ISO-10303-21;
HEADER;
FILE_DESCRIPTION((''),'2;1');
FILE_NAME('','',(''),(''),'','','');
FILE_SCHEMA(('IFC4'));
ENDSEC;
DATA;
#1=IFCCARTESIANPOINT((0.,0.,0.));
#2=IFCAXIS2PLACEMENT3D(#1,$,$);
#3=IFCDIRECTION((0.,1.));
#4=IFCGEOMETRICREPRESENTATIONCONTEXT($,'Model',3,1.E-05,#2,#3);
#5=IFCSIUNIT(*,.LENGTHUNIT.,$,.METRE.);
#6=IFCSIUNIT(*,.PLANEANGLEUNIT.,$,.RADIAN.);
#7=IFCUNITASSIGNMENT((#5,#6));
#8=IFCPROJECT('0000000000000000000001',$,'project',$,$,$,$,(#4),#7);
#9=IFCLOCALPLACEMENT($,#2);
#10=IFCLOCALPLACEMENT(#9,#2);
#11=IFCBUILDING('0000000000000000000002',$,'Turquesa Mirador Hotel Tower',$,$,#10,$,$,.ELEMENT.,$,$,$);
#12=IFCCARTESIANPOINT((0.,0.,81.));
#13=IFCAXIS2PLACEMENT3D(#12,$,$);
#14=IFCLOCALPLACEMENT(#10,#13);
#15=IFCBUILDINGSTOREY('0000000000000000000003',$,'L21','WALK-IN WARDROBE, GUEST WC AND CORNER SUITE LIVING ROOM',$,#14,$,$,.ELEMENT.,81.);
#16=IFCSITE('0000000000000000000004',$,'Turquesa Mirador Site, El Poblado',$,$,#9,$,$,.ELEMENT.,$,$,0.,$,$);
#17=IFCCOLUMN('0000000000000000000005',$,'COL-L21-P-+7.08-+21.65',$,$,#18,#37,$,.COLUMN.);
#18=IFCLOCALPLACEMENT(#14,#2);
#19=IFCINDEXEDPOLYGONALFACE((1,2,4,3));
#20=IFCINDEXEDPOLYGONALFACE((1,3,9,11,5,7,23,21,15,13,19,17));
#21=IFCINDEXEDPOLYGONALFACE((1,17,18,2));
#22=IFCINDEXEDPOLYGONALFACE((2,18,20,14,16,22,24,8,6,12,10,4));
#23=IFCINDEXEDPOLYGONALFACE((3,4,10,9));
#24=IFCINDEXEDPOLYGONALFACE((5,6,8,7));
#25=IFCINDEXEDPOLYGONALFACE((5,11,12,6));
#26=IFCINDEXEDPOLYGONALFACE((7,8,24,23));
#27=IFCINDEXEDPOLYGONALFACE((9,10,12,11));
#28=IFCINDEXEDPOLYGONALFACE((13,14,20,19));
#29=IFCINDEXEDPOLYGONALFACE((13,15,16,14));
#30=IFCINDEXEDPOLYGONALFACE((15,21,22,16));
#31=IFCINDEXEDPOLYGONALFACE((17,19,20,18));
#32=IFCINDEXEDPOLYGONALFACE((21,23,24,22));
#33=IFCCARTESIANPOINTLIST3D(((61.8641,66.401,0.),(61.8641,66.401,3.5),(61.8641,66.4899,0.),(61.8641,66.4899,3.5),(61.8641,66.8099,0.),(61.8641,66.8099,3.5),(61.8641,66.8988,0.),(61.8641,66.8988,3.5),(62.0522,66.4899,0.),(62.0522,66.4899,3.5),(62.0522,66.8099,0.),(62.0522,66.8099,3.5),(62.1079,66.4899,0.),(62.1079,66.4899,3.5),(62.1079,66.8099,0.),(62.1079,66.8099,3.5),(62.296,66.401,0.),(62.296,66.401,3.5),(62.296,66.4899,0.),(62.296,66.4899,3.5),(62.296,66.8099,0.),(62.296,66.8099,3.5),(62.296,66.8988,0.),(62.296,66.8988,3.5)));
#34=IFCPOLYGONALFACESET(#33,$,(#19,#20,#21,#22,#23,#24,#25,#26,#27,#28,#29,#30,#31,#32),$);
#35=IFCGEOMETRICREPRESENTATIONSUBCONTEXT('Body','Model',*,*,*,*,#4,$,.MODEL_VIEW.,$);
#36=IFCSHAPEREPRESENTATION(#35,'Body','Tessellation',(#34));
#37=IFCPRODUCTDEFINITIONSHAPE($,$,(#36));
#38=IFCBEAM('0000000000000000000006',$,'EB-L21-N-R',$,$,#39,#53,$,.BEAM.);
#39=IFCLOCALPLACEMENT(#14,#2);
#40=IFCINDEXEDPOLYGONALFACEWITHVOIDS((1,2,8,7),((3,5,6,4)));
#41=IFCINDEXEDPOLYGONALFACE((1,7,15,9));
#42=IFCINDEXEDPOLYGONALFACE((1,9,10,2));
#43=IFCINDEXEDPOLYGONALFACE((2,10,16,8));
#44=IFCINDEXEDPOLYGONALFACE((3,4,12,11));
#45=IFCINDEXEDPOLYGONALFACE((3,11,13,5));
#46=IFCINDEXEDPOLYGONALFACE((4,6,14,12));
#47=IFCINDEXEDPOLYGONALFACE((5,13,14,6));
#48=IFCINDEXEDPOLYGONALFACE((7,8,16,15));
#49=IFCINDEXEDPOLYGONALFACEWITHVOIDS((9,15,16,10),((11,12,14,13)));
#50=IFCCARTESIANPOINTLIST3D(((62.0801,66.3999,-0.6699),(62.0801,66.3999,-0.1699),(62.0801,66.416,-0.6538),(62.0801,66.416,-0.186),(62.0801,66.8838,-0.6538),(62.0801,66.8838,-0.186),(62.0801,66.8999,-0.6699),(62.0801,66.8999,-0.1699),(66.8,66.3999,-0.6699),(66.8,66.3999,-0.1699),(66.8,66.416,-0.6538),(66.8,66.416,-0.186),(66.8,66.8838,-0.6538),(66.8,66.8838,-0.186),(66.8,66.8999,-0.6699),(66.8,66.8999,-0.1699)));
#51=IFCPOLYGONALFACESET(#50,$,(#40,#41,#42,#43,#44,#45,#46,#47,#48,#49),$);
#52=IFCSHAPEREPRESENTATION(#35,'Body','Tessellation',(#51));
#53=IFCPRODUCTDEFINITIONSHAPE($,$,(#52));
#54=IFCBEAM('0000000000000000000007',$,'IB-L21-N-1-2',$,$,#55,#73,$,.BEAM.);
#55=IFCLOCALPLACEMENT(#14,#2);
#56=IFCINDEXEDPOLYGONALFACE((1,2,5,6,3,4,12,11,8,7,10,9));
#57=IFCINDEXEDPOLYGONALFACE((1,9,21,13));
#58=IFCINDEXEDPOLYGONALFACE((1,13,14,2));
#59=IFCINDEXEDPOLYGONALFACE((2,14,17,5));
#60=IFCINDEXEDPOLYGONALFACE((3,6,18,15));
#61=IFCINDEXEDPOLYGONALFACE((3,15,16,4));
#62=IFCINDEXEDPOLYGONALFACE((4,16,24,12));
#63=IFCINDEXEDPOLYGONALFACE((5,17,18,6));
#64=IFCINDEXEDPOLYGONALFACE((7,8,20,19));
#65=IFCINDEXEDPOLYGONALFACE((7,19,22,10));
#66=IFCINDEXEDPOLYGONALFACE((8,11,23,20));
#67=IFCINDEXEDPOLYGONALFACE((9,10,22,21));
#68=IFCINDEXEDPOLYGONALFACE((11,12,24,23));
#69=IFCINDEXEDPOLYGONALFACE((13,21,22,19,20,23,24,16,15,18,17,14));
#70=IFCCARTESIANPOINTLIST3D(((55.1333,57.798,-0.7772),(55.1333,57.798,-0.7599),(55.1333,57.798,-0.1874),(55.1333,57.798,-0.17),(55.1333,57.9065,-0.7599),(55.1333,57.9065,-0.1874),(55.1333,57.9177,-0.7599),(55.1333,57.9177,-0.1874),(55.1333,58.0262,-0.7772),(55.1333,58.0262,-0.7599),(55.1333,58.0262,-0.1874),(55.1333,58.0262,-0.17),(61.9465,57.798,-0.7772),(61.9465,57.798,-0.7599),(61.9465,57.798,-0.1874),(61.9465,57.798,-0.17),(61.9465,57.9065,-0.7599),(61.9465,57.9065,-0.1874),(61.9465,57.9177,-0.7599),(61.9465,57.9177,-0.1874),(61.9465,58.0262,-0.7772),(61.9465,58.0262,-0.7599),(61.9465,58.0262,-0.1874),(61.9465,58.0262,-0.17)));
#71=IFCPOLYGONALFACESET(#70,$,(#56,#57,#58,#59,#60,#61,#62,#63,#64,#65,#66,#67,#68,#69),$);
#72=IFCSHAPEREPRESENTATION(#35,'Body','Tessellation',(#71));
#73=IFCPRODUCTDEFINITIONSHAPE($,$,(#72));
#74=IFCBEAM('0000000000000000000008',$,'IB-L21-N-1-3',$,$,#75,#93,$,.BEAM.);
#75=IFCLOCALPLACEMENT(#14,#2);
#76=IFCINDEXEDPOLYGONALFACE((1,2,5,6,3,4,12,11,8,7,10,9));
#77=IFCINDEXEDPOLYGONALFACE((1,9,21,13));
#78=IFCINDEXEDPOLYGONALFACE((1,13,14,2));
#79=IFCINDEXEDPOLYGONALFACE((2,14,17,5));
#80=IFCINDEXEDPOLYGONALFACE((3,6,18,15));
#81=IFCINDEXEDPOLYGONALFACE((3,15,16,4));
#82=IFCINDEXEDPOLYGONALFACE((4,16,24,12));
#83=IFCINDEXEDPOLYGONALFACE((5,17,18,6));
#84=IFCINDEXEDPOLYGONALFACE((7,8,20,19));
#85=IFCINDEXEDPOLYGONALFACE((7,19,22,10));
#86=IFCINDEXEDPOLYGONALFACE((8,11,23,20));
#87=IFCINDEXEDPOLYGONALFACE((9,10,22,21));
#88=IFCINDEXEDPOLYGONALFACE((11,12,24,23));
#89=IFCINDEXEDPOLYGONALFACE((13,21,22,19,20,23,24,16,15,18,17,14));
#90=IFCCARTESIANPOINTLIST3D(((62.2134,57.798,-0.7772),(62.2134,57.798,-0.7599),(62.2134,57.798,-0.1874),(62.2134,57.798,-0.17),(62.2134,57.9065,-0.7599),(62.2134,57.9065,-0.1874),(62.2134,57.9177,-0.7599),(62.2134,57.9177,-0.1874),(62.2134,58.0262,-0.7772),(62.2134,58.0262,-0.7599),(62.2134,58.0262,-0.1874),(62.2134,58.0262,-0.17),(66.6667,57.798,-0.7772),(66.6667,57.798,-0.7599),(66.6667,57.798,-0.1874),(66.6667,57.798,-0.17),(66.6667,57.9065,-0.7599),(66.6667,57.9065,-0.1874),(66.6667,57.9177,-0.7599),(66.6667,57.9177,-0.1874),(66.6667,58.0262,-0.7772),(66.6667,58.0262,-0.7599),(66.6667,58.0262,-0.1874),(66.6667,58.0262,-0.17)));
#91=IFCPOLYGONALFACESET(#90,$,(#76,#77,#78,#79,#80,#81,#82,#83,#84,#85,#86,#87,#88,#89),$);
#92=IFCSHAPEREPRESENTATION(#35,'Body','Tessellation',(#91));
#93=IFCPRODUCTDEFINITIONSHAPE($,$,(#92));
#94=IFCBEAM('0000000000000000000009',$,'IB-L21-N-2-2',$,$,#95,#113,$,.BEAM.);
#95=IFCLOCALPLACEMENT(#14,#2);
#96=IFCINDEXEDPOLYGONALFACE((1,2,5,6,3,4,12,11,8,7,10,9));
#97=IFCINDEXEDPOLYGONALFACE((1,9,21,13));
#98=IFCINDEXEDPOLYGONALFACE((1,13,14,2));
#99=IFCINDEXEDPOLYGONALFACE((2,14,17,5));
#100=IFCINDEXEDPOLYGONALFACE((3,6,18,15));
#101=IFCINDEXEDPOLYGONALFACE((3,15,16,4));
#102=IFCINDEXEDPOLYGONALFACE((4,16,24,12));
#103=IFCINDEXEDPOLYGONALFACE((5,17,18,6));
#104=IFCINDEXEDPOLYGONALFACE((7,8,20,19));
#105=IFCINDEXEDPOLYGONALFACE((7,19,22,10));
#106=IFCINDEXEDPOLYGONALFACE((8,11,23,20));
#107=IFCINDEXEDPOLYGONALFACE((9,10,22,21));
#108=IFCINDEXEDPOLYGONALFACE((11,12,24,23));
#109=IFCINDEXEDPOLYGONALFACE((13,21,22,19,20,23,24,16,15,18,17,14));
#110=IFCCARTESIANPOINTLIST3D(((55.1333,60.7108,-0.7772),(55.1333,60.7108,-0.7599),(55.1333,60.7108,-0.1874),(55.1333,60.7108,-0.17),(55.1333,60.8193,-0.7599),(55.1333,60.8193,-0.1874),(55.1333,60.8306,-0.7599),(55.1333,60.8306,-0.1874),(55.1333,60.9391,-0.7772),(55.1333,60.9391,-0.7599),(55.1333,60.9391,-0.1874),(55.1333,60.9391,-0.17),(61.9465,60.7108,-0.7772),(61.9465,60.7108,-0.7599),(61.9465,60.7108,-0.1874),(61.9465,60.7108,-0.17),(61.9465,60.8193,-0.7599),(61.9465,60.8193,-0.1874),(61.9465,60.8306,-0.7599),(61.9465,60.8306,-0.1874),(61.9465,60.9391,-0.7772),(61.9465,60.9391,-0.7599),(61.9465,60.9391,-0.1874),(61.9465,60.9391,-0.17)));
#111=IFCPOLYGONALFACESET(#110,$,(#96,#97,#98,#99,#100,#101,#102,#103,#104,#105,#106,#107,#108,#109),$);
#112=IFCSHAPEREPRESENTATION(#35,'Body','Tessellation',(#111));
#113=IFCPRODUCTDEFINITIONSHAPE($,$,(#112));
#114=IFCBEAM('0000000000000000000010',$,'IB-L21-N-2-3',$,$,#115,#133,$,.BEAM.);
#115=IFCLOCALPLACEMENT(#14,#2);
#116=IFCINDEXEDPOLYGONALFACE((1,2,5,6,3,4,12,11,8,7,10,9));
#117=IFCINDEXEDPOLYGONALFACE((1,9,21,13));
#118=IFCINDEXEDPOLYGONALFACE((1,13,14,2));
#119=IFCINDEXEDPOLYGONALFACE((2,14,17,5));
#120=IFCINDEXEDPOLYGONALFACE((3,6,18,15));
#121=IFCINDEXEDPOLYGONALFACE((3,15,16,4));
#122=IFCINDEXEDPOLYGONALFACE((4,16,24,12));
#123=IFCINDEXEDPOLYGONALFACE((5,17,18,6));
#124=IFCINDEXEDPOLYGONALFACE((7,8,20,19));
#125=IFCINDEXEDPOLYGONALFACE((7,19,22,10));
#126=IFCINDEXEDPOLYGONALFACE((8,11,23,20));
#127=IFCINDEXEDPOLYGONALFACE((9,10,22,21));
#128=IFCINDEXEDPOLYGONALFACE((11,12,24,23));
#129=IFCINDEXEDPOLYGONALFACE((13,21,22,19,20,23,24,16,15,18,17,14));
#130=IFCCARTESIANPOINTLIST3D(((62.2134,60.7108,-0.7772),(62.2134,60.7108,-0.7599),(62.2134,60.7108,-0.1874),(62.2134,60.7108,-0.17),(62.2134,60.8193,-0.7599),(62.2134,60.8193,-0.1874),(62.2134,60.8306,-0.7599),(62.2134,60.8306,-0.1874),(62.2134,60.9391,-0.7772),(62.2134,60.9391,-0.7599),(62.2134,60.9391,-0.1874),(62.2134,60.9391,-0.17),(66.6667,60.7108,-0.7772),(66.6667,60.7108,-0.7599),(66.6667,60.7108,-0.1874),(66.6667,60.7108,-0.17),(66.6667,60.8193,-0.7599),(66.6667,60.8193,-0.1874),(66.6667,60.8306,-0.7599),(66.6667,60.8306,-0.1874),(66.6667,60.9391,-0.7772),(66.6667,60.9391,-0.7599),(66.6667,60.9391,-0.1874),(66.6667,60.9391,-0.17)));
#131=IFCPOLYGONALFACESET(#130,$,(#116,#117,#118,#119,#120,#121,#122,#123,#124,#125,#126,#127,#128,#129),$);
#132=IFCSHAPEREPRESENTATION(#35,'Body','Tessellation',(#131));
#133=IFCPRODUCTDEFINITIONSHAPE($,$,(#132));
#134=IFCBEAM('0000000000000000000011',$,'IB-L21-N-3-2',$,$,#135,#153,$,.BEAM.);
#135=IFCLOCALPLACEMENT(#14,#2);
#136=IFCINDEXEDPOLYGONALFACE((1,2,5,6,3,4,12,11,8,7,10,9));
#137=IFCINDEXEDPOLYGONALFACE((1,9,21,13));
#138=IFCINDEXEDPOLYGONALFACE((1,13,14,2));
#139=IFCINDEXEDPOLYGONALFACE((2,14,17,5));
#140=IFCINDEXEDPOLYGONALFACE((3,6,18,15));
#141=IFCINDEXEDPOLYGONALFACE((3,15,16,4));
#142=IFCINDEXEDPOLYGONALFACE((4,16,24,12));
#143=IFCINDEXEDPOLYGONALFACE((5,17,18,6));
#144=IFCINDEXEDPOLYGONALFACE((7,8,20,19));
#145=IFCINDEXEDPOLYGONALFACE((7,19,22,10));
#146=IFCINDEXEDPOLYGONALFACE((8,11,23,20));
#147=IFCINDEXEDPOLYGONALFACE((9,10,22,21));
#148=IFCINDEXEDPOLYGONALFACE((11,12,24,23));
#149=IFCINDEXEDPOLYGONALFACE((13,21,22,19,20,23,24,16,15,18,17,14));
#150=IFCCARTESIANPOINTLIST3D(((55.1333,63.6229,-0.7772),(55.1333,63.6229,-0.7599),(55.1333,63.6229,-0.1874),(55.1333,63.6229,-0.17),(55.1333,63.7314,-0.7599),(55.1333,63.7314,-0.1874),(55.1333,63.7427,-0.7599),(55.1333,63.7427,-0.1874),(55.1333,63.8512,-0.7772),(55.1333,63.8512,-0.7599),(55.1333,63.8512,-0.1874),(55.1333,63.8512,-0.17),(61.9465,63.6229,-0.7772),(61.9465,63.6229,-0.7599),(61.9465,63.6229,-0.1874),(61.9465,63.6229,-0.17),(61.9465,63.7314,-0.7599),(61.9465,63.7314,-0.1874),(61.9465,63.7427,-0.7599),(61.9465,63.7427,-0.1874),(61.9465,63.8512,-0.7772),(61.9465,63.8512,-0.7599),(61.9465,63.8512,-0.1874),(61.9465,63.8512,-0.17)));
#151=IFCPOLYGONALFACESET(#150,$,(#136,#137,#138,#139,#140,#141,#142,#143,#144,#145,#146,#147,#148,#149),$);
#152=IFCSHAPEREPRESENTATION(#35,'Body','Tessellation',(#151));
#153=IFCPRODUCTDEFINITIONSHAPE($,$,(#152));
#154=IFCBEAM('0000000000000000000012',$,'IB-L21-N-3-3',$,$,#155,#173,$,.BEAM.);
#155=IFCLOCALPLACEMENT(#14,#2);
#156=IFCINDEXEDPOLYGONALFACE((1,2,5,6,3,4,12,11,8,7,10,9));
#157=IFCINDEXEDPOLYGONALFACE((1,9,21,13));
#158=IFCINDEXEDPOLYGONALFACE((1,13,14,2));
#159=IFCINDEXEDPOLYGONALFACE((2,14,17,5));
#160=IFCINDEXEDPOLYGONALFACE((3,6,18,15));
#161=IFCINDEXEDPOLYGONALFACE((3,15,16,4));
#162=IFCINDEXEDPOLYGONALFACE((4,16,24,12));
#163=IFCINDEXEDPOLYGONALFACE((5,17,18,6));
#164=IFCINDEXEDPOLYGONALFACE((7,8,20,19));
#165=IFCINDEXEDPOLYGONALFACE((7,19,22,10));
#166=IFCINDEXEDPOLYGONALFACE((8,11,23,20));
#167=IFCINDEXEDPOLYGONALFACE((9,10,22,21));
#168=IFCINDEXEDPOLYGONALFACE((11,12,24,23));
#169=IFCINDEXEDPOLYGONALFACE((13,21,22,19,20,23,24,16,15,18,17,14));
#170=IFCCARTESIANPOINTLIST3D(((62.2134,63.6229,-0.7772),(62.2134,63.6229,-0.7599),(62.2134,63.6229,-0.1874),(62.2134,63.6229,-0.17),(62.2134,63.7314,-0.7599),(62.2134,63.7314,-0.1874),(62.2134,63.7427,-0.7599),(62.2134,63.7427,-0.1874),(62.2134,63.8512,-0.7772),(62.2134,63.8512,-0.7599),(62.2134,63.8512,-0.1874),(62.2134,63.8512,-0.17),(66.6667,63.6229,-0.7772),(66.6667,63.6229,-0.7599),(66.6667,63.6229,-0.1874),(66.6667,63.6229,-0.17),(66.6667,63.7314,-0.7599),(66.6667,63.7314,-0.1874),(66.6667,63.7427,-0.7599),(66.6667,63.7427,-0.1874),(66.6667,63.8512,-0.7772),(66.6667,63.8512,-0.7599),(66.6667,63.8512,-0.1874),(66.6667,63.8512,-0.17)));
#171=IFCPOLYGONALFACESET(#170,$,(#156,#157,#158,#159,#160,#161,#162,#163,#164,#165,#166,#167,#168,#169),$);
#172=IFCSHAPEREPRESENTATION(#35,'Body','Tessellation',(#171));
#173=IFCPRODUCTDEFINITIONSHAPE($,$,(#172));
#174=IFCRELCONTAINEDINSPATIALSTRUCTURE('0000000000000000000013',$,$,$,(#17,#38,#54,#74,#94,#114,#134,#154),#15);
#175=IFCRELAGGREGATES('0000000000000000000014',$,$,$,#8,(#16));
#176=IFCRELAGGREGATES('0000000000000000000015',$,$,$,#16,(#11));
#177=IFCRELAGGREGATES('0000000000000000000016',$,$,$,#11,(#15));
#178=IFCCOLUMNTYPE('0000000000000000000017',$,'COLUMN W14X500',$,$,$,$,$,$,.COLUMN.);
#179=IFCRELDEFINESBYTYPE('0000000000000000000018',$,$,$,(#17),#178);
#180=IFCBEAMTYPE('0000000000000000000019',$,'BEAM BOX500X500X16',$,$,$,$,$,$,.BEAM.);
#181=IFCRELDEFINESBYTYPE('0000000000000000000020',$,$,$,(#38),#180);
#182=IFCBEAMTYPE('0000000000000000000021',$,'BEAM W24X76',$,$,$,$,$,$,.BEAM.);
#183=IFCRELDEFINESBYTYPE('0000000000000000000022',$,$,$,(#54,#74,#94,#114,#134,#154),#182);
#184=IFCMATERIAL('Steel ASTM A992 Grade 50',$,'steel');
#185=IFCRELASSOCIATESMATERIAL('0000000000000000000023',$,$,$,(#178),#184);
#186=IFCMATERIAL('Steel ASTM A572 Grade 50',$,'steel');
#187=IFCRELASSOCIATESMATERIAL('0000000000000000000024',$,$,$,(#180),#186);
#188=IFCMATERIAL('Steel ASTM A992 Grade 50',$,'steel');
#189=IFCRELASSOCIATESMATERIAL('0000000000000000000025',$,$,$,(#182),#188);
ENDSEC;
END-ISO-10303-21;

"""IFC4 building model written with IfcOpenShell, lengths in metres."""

from ifc_helpers import new_model, si_unit, direction, frame, origin, origin_2d, place, context, subcontext, project, spatial, hollow_rectangle, i_section, extrude, material, material_profile, profile_set, type_object, element, save


model = new_model("IFC4")

# Units and contexts
model_context = context("Model", 3, precision=1e-05, world=origin(), true_north=direction((0.0, 1.0)))
body_context = subcontext(model_context, "Body", "Model", "MODEL_VIEW")
ifc_project = project(units=[si_unit("LENGTHUNIT", "METRE"), si_unit("PLANEANGLEUNIT", "RADIAN")], contexts=[model_context])

# Site, building, storey
site_placement = place(None, origin())
site = spatial("IfcSite", under=ifc_project, at=site_placement, Name="Turquesa Mirador Site, El Poblado", CompositionType="ELEMENT", RefElevation=0.0)
building_placement = place(site_placement, origin())
building = spatial("IfcBuilding", under=site, at=building_placement, Name="Turquesa Mirador Hotel Tower", CompositionType="ELEMENT")
storey_placement = place(building_placement, frame((0.0, 0.0, 81.0)))
storey = spatial("IfcBuildingStorey", under=building, at=storey_placement, Name="L21", Description="WALK-IN WARDROBE, GUEST WC AND CORNER SUITE LIVING ROOM", CompositionType="ELEMENT", Elevation=81.0)

# Column
ifc_material_1 = material(Name="Steel ASTM A992 Grade 50", Category="steel")
ifc_material_profile_1 = material_profile(ifc_material_1, i_section(OverallWidth=0.4319, OverallDepth=0.4978, WebThickness=0.0557, FlangeThickness=0.0889, at=origin_2d()), Name="W14X500")
ifc_profile_set_1 = profile_set([ifc_material_profile_1], Name="Steel ASTM A992 Grade 50")
column_type = type_object("IfcColumnType", Name="COLUMN W14X500", PredefinedType="COLUMN", material=ifc_profile_set_1)
column_placement = place(storey_placement, frame((62.0801, 66.6499, 0.0), z_axis=(0.0, 0.0, 1.0), x_axis=(1.0, 0.0, 0.0)))
element("IfcColumn", 1, at=column_placement, inside=storey, type_object=column_type, Name="COL-L21-P-+7.08-+21.65", PredefinedType="COLUMN", context=body_context, shape_type="SweptSolid", body=[
    extrude(i_section(OverallWidth=0.4319, OverallDepth=0.4978, WebThickness=0.0557, FlangeThickness=0.0889, at=origin_2d()), origin(), (0.0, 0.0, 1.0), 3.5),
])

# Beams
ifc_material_2 = material(Name="Steel ASTM A572 Grade 50", Category="steel")
ifc_material_profile_2 = material_profile(ifc_material_2, hollow_rectangle(XDim=0.5, YDim=0.5, WallThickness=0.0161, at=origin_2d()), Name="BOX500X500X16")
ifc_profile_set_2 = profile_set([ifc_material_profile_2], Name="Steel ASTM A572 Grade 50")
beam_type_1 = type_object("IfcBeamType", Name="BEAM BOX500X500X16", PredefinedType="BEAM", material=ifc_profile_set_2)
beam_1_placement = place(storey_placement, frame((62.0801, 66.6499, -0.4199), z_axis=(1.0, 0.0, 0.0), x_axis=(0.0, 1.0, 0.0)))
element("IfcBeam", 2, at=beam_1_placement, inside=storey, type_object=beam_type_1, Name="EB-L21-N-R", PredefinedType="BEAM", context=body_context, shape_type="SweptSolid", body=[
    extrude(hollow_rectangle(XDim=0.5, YDim=0.5, WallThickness=0.0161, at=origin_2d()), origin(), (0.0, 0.0, 1.0), 4.72),
])
ifc_material_3 = material(Name="Steel ASTM A992 Grade 50", Category="steel")
ifc_material_profile_3 = material_profile(ifc_material_3, i_section(OverallWidth=0.2283, OverallDepth=0.6072, WebThickness=0.0112, FlangeThickness=0.0173, at=origin_2d()), Name="W24X76")
ifc_profile_set_3 = profile_set([ifc_material_profile_3], Name="Steel ASTM A992 Grade 50")
beam_type_2 = type_object("IfcBeamType", Name="BEAM W24X76", PredefinedType="BEAM", material=ifc_profile_set_3)
beam_2_placement = place(storey_placement, frame((55.1333, 57.9121, -0.4736), z_axis=(1.0, 0.0, 0.0), x_axis=(0.0, 1.0, 0.0)))
element("IfcBeam", 3, at=beam_2_placement, inside=storey, type_object=beam_type_2, Name="IB-L21-N-1-2", PredefinedType="BEAM", context=body_context, shape_type="SweptSolid", body=[
    extrude(i_section(OverallWidth=0.2283, OverallDepth=0.6072, WebThickness=0.0112, FlangeThickness=0.0173, at=origin_2d()), origin(), (0.0, 0.0, 1.0), 6.8132),
])
beam_3_placement = place(storey_placement, frame((62.2134, 57.9121, -0.4736), z_axis=(1.0, 0.0, 0.0), x_axis=(0.0, 1.0, 0.0)))
element("IfcBeam", 4, at=beam_3_placement, inside=storey, type_object=beam_type_2, Name="IB-L21-N-1-3", PredefinedType="BEAM", context=body_context, shape_type="SweptSolid", body=[
    extrude(i_section(OverallWidth=0.2283, OverallDepth=0.6072, WebThickness=0.0112, FlangeThickness=0.0173, at=origin_2d()), origin(), (0.0, 0.0, 1.0), 4.4534),
])
beam_4_placement = place(storey_placement, frame((55.1333, 60.825, -0.4736), z_axis=(1.0, 0.0, 0.0), x_axis=(0.0, 1.0, 0.0)))
element("IfcBeam", 5, at=beam_4_placement, inside=storey, type_object=beam_type_2, Name="IB-L21-N-2-2", PredefinedType="BEAM", context=body_context, shape_type="SweptSolid", body=[
    extrude(i_section(OverallWidth=0.2283, OverallDepth=0.6072, WebThickness=0.0112, FlangeThickness=0.0173, at=origin_2d()), origin(), (0.0, 0.0, 1.0), 6.8132),
])
beam_5_placement = place(storey_placement, frame((62.2134, 60.825, -0.4736), z_axis=(1.0, 0.0, 0.0), x_axis=(0.0, 1.0, 0.0)))
element("IfcBeam", 6, at=beam_5_placement, inside=storey, type_object=beam_type_2, Name="IB-L21-N-2-3", PredefinedType="BEAM", context=body_context, shape_type="SweptSolid", body=[
    extrude(i_section(OverallWidth=0.2283, OverallDepth=0.6072, WebThickness=0.0112, FlangeThickness=0.0173, at=origin_2d()), origin(), (0.0, 0.0, 1.0), 4.4534),
])
beam_6_placement = place(storey_placement, frame((55.1333, 63.7371, -0.4736), z_axis=(1.0, 0.0, 0.0), x_axis=(0.0, 1.0, 0.0)))
element("IfcBeam", 7, at=beam_6_placement, inside=storey, type_object=beam_type_2, Name="IB-L21-N-3-2", PredefinedType="BEAM", context=body_context, shape_type="SweptSolid", body=[
    extrude(i_section(OverallWidth=0.2283, OverallDepth=0.6072, WebThickness=0.0112, FlangeThickness=0.0173, at=origin_2d()), origin(), (0.0, 0.0, 1.0), 6.8132),
])
beam_7_placement = place(storey_placement, frame((62.2134, 63.7371, -0.4736), z_axis=(1.0, 0.0, 0.0), x_axis=(0.0, 1.0, 0.0)))
element("IfcBeam", 8, at=beam_7_placement, inside=storey, type_object=beam_type_2, Name="IB-L21-N-3-3", PredefinedType="BEAM", context=body_context, shape_type="SweptSolid", body=[
    extrude(i_section(OverallWidth=0.2283, OverallDepth=0.6072, WebThickness=0.0112, FlangeThickness=0.0173, at=origin_2d()), origin(), (0.0, 0.0, 1.0), 4.4534),
])

save(model, "model.ifc")
